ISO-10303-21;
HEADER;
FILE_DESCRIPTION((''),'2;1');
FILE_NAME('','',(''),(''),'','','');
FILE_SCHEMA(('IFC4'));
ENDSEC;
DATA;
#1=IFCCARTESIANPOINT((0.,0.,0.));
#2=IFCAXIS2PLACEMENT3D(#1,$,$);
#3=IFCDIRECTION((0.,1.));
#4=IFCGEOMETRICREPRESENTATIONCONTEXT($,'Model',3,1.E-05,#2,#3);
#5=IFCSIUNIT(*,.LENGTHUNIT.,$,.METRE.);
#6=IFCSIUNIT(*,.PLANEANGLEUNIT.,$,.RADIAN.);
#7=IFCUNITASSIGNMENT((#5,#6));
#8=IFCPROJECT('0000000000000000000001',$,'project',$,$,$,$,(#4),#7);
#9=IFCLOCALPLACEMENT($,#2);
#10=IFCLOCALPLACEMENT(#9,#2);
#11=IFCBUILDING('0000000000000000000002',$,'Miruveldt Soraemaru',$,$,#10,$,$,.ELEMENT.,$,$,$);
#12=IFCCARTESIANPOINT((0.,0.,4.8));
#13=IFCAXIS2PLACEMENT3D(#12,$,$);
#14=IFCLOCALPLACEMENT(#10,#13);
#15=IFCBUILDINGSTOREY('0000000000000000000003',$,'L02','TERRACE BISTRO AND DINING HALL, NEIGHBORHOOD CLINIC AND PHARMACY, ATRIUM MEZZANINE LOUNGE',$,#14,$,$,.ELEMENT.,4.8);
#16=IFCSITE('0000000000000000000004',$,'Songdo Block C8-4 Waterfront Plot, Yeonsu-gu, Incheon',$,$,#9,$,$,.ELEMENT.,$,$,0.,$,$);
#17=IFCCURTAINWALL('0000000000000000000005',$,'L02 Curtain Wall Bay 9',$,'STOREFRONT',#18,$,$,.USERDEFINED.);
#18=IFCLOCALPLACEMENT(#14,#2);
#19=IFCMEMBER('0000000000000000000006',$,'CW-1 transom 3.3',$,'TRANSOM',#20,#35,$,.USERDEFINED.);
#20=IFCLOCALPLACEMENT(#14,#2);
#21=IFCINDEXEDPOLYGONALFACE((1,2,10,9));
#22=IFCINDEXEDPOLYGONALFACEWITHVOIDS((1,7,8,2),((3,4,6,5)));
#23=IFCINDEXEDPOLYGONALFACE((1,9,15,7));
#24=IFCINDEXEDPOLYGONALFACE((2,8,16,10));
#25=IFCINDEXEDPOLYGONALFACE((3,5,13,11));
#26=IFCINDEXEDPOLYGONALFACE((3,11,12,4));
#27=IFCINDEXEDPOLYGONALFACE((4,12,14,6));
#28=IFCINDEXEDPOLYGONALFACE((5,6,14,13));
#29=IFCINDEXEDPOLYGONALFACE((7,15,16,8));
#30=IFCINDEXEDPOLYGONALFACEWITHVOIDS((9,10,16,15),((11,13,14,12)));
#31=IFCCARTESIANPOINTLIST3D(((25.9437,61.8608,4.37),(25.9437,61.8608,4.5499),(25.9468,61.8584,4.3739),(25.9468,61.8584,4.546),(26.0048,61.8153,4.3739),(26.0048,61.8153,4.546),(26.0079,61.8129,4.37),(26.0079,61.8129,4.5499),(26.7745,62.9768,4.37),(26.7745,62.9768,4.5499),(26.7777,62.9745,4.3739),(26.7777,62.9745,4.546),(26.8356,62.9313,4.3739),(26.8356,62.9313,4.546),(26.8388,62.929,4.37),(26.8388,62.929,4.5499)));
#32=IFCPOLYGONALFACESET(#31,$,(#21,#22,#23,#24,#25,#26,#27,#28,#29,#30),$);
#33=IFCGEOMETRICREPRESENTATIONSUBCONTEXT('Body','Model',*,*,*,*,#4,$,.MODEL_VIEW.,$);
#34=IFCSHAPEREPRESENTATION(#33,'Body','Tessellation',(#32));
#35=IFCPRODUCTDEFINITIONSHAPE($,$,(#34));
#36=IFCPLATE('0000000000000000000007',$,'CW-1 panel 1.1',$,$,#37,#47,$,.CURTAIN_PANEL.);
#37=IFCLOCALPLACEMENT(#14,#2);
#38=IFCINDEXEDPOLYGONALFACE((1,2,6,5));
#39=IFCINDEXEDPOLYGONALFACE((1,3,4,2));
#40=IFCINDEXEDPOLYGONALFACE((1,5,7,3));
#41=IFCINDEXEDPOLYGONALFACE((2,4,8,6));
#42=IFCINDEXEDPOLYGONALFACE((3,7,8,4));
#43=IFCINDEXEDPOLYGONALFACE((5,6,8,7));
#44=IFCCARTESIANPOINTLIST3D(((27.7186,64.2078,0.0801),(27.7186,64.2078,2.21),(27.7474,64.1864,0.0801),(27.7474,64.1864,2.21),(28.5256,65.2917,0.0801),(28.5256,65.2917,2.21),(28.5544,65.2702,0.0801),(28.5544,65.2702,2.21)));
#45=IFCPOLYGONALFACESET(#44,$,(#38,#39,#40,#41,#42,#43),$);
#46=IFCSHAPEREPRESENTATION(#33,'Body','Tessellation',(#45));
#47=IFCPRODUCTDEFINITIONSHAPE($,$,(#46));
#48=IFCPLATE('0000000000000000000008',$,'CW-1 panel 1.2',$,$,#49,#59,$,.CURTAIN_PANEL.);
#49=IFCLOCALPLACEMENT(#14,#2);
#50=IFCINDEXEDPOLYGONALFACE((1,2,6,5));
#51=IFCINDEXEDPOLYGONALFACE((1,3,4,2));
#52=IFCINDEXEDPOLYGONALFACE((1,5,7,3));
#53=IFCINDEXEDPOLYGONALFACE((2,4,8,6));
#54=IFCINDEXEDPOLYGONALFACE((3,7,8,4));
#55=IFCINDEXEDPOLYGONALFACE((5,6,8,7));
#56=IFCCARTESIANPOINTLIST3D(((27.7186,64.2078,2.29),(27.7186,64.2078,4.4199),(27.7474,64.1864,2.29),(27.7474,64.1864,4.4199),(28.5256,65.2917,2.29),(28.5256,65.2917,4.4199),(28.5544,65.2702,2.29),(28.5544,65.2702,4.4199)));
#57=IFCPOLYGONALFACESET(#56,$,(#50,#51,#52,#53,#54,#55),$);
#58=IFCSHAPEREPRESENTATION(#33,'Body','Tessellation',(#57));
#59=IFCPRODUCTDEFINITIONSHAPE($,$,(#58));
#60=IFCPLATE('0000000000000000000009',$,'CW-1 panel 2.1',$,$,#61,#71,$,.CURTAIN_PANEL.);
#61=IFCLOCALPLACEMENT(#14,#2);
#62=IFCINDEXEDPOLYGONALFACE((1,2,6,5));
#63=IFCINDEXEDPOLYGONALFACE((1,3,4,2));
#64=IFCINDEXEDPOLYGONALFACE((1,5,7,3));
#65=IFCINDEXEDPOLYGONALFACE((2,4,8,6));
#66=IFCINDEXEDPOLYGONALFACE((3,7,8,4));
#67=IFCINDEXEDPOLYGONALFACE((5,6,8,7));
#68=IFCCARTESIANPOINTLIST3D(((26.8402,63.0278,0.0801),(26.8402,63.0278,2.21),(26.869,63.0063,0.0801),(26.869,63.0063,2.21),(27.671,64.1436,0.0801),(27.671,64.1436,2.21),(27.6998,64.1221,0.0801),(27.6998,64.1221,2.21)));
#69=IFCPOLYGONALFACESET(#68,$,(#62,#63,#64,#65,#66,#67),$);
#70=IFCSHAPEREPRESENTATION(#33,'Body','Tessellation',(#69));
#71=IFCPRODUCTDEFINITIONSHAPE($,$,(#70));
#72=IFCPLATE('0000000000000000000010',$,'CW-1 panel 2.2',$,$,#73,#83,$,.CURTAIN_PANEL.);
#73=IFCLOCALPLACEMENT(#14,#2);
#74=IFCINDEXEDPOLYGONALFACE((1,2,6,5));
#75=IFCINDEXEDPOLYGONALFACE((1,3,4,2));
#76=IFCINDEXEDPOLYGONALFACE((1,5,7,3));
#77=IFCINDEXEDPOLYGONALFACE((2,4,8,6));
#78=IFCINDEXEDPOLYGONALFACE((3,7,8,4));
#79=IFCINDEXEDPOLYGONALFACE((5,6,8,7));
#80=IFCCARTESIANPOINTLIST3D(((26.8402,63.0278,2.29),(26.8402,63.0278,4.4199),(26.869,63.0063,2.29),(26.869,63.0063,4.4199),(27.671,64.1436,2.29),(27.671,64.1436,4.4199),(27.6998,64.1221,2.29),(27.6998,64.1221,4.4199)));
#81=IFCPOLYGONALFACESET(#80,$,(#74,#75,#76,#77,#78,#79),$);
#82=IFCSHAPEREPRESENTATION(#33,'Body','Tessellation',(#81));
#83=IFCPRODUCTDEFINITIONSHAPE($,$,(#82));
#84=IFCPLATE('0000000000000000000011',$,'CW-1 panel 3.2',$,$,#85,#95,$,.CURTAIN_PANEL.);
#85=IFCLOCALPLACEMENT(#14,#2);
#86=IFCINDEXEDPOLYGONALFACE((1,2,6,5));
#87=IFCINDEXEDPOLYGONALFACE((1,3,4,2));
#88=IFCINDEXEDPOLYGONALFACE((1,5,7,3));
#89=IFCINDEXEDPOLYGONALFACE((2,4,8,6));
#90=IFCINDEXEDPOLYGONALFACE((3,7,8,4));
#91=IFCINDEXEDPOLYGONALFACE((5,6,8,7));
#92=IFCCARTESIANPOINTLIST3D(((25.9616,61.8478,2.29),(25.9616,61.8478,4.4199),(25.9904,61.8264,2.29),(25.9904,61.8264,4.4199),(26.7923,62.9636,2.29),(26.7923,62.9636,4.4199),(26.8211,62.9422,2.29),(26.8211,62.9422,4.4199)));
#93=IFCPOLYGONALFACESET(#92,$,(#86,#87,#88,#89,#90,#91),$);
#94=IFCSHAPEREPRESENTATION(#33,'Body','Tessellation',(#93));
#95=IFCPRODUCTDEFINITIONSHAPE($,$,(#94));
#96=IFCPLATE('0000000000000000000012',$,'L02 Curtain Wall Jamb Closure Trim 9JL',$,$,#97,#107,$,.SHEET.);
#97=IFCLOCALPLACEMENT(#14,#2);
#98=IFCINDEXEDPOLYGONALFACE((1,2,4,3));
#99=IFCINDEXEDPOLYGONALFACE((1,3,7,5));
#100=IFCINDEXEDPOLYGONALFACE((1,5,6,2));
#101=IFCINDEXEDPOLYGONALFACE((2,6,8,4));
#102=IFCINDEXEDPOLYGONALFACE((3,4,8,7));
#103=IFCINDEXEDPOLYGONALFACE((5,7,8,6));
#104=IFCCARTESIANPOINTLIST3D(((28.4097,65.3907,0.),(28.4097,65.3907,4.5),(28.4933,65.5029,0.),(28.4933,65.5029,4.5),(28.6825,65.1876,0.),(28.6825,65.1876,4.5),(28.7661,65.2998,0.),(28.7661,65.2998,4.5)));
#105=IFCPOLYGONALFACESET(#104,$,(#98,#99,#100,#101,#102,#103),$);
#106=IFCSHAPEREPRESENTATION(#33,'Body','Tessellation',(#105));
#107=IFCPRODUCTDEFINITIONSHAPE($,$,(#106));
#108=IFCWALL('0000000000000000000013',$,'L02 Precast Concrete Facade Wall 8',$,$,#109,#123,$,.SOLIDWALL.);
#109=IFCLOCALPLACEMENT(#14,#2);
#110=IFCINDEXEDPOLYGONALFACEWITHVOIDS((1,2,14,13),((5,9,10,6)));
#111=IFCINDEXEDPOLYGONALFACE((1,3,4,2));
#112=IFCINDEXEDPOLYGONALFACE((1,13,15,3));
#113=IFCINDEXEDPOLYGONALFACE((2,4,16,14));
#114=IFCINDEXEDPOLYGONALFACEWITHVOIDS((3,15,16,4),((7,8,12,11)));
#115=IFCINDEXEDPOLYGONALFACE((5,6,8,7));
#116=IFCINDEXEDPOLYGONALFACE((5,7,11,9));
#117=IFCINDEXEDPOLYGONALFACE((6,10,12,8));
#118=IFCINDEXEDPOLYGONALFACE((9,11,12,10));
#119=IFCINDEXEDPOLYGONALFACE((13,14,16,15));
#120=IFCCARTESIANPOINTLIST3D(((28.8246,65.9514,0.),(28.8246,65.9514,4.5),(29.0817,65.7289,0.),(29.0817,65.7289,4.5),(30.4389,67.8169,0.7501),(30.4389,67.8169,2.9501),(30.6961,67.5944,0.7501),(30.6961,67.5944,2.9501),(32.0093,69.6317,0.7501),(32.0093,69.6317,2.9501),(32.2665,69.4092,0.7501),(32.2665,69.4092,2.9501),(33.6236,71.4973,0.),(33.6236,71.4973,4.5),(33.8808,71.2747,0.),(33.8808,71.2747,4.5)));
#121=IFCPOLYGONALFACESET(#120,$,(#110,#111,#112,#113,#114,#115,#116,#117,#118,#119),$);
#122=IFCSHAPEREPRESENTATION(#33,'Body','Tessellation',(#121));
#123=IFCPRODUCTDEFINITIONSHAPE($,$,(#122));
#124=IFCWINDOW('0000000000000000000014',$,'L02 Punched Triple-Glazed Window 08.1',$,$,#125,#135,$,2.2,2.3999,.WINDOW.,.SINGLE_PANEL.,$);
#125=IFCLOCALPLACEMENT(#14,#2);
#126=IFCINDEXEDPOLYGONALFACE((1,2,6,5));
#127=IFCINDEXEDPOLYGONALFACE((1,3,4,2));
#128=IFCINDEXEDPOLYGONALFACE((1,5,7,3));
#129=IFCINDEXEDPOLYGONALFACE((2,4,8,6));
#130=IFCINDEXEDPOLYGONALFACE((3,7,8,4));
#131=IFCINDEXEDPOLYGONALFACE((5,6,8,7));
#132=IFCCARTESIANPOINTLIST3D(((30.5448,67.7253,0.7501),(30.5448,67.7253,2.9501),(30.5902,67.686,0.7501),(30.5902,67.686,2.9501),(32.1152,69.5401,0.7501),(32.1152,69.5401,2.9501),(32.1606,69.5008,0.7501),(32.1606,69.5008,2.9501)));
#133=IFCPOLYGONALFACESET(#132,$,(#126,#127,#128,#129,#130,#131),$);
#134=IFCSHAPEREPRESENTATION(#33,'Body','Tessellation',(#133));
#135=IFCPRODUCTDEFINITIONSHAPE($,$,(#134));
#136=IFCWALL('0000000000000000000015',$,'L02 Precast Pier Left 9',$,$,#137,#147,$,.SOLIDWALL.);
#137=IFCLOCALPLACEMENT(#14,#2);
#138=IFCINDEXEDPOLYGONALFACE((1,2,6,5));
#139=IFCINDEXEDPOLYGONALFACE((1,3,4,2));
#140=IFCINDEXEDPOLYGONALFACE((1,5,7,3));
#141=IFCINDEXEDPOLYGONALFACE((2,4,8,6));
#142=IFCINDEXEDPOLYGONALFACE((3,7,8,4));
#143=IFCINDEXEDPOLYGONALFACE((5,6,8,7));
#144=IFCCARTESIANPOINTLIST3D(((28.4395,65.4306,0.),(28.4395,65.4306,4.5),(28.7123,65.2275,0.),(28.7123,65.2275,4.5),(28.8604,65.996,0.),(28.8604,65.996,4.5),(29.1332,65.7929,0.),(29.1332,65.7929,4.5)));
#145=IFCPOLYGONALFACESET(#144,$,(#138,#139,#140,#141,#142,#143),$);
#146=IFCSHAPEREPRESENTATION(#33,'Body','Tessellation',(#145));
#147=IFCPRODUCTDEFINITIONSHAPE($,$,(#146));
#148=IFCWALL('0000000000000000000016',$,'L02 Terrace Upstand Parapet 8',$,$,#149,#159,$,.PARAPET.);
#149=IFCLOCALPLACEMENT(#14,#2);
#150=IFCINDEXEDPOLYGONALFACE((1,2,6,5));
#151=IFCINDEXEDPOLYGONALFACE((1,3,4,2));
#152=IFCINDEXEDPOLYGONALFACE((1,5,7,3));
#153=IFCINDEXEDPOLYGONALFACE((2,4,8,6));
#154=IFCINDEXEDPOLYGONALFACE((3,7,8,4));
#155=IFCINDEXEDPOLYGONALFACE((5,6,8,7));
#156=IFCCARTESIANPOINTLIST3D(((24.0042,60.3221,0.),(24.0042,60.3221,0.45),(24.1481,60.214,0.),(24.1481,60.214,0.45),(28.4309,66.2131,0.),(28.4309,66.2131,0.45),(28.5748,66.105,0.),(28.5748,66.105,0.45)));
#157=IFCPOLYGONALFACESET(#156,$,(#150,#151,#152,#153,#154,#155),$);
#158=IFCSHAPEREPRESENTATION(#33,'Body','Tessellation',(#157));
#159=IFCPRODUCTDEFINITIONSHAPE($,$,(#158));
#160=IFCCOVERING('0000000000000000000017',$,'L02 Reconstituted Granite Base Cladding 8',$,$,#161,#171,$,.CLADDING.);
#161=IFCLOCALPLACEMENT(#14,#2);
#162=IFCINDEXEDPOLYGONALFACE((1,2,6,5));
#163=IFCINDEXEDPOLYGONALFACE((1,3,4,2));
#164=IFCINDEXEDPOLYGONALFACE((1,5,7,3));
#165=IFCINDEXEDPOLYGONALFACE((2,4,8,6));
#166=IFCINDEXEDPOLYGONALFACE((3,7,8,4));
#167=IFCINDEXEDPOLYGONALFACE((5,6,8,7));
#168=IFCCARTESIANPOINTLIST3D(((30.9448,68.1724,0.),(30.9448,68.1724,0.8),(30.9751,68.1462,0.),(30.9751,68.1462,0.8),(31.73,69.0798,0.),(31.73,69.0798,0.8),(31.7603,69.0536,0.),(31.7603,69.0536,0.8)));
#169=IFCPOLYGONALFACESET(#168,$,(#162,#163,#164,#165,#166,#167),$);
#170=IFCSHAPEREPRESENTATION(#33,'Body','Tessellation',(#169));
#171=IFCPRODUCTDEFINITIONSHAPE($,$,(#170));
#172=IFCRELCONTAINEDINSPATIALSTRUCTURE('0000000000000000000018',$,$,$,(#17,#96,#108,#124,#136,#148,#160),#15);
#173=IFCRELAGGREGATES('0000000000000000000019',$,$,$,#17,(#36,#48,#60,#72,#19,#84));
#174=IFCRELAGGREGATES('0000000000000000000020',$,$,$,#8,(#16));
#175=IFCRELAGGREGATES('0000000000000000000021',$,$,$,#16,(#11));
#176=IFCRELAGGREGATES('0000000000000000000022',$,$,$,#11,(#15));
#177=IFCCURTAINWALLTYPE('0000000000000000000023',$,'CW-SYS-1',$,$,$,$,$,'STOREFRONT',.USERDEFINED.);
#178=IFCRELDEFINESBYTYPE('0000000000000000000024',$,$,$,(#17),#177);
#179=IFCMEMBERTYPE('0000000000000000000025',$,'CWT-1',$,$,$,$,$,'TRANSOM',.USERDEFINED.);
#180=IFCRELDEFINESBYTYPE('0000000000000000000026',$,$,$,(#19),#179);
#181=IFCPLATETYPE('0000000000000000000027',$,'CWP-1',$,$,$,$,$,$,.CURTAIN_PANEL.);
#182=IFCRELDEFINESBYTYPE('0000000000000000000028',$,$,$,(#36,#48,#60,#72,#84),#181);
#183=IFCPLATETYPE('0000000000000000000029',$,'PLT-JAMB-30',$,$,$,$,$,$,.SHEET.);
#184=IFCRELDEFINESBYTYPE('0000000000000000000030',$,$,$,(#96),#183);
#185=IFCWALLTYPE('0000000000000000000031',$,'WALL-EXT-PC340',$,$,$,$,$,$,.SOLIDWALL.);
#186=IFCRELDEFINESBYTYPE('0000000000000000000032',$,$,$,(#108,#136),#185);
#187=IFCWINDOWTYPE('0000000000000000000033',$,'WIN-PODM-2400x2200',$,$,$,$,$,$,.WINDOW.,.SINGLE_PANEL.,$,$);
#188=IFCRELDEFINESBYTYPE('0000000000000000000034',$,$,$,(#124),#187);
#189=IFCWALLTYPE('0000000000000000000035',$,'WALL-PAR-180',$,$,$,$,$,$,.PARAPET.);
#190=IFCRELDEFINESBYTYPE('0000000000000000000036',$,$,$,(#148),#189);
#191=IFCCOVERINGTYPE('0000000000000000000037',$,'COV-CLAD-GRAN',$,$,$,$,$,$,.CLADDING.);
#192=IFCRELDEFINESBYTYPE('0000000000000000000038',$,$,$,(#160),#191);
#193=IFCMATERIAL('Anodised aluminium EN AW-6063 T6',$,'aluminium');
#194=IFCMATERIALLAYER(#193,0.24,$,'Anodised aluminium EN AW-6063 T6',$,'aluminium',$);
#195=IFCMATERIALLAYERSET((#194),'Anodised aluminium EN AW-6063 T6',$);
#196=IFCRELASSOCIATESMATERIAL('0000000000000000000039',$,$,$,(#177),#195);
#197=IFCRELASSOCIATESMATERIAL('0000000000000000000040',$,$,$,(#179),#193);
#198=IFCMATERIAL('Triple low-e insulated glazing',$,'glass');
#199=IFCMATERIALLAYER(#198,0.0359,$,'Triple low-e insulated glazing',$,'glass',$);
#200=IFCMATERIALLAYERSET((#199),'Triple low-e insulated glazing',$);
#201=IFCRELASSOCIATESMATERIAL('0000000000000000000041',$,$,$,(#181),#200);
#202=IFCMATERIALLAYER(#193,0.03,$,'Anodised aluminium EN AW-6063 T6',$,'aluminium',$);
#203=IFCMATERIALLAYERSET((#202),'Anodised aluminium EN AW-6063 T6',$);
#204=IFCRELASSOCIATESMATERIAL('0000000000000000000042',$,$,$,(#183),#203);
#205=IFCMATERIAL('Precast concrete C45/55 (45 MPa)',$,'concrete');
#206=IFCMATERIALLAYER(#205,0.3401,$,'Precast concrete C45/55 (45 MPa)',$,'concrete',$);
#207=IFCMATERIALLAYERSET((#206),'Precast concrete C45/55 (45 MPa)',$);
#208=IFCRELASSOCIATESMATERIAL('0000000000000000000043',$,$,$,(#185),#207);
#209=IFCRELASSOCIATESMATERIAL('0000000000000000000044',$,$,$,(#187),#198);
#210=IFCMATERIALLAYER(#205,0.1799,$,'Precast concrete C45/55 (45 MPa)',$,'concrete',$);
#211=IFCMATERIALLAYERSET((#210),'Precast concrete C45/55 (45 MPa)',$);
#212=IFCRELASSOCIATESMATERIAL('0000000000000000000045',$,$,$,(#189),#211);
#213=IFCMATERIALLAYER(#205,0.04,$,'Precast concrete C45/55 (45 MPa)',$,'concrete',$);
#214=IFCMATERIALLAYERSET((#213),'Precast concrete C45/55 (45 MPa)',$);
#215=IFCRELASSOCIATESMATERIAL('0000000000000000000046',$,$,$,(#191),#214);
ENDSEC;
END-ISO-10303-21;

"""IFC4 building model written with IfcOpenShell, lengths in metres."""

from ifc_helpers import new_model, si_unit, direction, frame, frame_2d, origin, origin_2d, place, context, subcontext, project, spatial, rectangle, hollow_rectangle, extrude, material, layer, layer_set, material_profile, profile_set, type_object, element, fill, aggregate, save


model = new_model("IFC4")

# Units and contexts
model_context = context("Model", 3, precision=1e-05, world=origin(), true_north=direction((0.0, 1.0)))
body_context = subcontext(model_context, "Body", "Model", "MODEL_VIEW")
ifc_project = project(units=[si_unit("LENGTHUNIT", "METRE"), si_unit("PLANEANGLEUNIT", "RADIAN")], contexts=[model_context])

# Site, building, storey
site_placement = place(None, origin())
site = spatial("IfcSite", under=ifc_project, at=site_placement, Name="Songdo Block C8-4 Waterfront Plot, Yeonsu-gu, Incheon", CompositionType="ELEMENT", RefElevation=0.0)
building_placement = place(site_placement, origin())
building = spatial("IfcBuilding", under=site, at=building_placement, Name="Miruveldt Soraemaru", CompositionType="ELEMENT")
storey_placement = place(building_placement, frame((0.0, 0.0, 4.8)))
storey = spatial("IfcBuildingStorey", under=building, at=storey_placement, Name="L02", Description="TERRACE BISTRO AND DINING HALL, NEIGHBORHOOD CLINIC AND PHARMACY, ATRIUM MEZZANINE LOUNGE", CompositionType="ELEMENT", Elevation=4.8)

# Curtain wall, member, plates
ifc_material_1 = material(Name="Anodised aluminium EN AW-6063 T6", Category="aluminium")
ifc_layer_1 = layer(ifc_material_1, 0.24, Name="Anodised aluminium EN AW-6063 T6", Category="aluminium")
ifc_layer_set_1 = layer_set([ifc_layer_1], Name="Anodised aluminium EN AW-6063 T6")
curtain_wall_type = type_object("IfcCurtainWallType", Name="CW-SYS-1", ElementType="STOREFRONT", PredefinedType="USERDEFINED", material=ifc_layer_set_1)
curtain_wall_placement = place(storey_placement, origin())
curtain_wall = element("IfcCurtainWall", 1, at=curtain_wall_placement, inside=storey, type_object=curtain_wall_type, Name="L02 Curtain Wall Bay 9", ObjectType="STOREFRONT", PredefinedType="USERDEFINED")
ifc_material_profile_1 = material_profile(ifc_material_1, hollow_rectangle(XDim=0.0801, YDim=0.1799, WallThickness=0.0039, at=origin_2d()), Name="Anodised aluminium EN AW-6063 T6", Category="aluminium")
ifc_profile_set_1 = profile_set([ifc_material_profile_1], Name="Anodised aluminium EN AW-6063 T6")
member_type_1 = type_object("IfcMemberType", Name="CWT-1", ElementType="TRANSOM", PredefinedType="USERDEFINED", material=ifc_profile_set_1)
member_1_placement = place(storey_placement, frame((26.8066, 62.9529, 4.46), z_axis=(-0.59716, -0.802122, 0.0), x_axis=(0.802122, -0.59716, 0.0)))
member_1 = element("IfcMember", 2, at=member_1_placement, type_object=member_type_1, Name="CW-1 transom 3.3", ObjectType="TRANSOM", PredefinedType="USERDEFINED", context=body_context, shape_type="SweptSolid", body=[
    extrude(hollow_rectangle(XDim=0.0801, YDim=0.1799, WallThickness=0.0039, at=origin_2d()), origin(), (0.0, 0.0, 1.0), 1.3914),
])
ifc_material_2 = material(Name="Triple low-e insulated glazing", Category="glass")
ifc_layer_2 = layer(ifc_material_2, 0.0359, Name="Triple low-e insulated glazing", Category="glass")
ifc_layer_set_2 = layer_set([ifc_layer_2], Name="Triple low-e insulated glazing")
plate_type_1 = type_object("IfcPlateType", Name="CWP-1", PredefinedType="CURTAIN_PANEL", material=ifc_layer_set_2)
plate_1_placement = place(storey_placement, frame((28.1365, 64.739, 0.0801), z_axis=(0.0, 0.0, 1.0), x_axis=(-0.597188, -0.802101, 0.0)))
plate_1 = element("IfcPlate", 3, at=plate_1_placement, type_object=plate_type_1, Name="CW-1 panel 1.1", PredefinedType="CURTAIN_PANEL", context=body_context, shape_type="SweptSolid", body=[
    extrude(rectangle(XDim=1.3513, YDim=0.0359, at=origin_2d()), origin(), (0.0, 0.0, 1.0), 2.1299),
])
plate_2_placement = place(storey_placement, frame((28.1365, 64.739, 2.29), z_axis=(0.0, 0.0, 1.0), x_axis=(-0.597188, -0.802101, 0.0)))
plate_2 = element("IfcPlate", 4, at=plate_2_placement, type_object=plate_type_1, Name="CW-1 panel 1.2", PredefinedType="CURTAIN_PANEL", context=body_context, shape_type="SweptSolid", body=[
    extrude(rectangle(XDim=1.3513, YDim=0.0359, at=origin_2d()), origin(), (0.0, 0.0, 1.0), 2.1299),
])
plate_3_placement = place(storey_placement, frame((27.27, 63.575, 0.0801), z_axis=(0.0, 0.0, 1.0), x_axis=(-0.597188, -0.802101, 0.0)))
plate_3 = element("IfcPlate", 5, at=plate_3_placement, type_object=plate_type_1, Name="CW-1 panel 2.1", PredefinedType="CURTAIN_PANEL", context=body_context, shape_type="SweptSolid", body=[
    extrude(rectangle(XDim=1.3911, YDim=0.0359, at=origin_2d()), origin(), (0.0, 0.0, 1.0), 2.1299),
])
plate_4_placement = place(storey_placement, frame((27.27, 63.575, 2.29), z_axis=(0.0, 0.0, 1.0), x_axis=(-0.597188, -0.802101, 0.0)))
plate_4 = element("IfcPlate", 6, at=plate_4_placement, type_object=plate_type_1, Name="CW-1 panel 2.2", PredefinedType="CURTAIN_PANEL", context=body_context, shape_type="SweptSolid", body=[
    extrude(rectangle(XDim=1.3911, YDim=0.0359, at=origin_2d()), origin(), (0.0, 0.0, 1.0), 2.1299),
])
plate_5_placement = place(storey_placement, frame((26.3914, 62.395, 2.29), z_axis=(0.0, 0.0, 1.0), x_axis=(-0.597188, -0.802101, 0.0)))
plate_5 = element("IfcPlate", 7, at=plate_5_placement, type_object=plate_type_1, Name="CW-1 panel 3.2", PredefinedType="CURTAIN_PANEL", context=body_context, shape_type="SweptSolid", body=[
    extrude(rectangle(XDim=1.3911, YDim=0.0359, at=origin_2d()), origin(), (0.0, 0.0, 1.0), 2.1299),
])
aggregate(curtain_wall, [plate_1, plate_2, plate_3, plate_4, member_1, plate_5])

# Plate
ifc_layer_3 = layer(ifc_material_1, 0.03, Name="Anodised aluminium EN AW-6063 T6", Category="aluminium")
ifc_layer_set_3 = layer_set([ifc_layer_3], Name="Anodised aluminium EN AW-6063 T6")
plate_type_2 = type_object("IfcPlateType", Name="PLT-JAMB-30", PredefinedType="SHEET", material=ifc_layer_set_3)
plate_6_placement = place(storey_placement, frame((28.5879, 65.3452, 0.0), z_axis=(0.0, 0.0, 1.0), x_axis=(-0.597191, -0.802099, 0.0)))
element("IfcPlate", 8, at=plate_6_placement, inside=storey, type_object=plate_type_2, Name="L02 Curtain Wall Jamb Closure Trim 9JL", PredefinedType="SHEET", context=body_context, shape_type="SweptSolid", body=[
    extrude(rectangle(XDim=0.1399, YDim=0.3401, at=origin_2d()), origin(), (0.0, 0.0, 1.0), 4.5),
])

# Wall, opening, window
ifc_material_3 = material(Name="Precast concrete C45/55 (45 MPa)", Category="concrete")
ifc_layer_4 = layer(ifc_material_3, 0.3401, Name="Precast concrete C45/55 (45 MPa)", Category="concrete")
ifc_layer_set_4 = layer_set([ifc_layer_4], Name="Precast concrete C45/55 (45 MPa)")
wall_type_1 = type_object("IfcWallType", Name="WALL-EXT-PC340", PredefinedType="SOLIDWALL", material=ifc_layer_set_4)
wall_1_placement = place(storey_placement, frame((33.7522, 71.386, 0.0), z_axis=(0.0, 0.0, 1.0), x_axis=(-0.654356, -0.756186, 0.0)))
wall_1 = element("IfcWall", 9, at=wall_1_placement, inside=storey, type_object=wall_type_1, Name="L02 Precast Concrete Facade Wall 8", PredefinedType="SOLIDWALL", context=body_context, shape_type="SweptSolid", body=[
    extrude(rectangle(XDim=7.334, YDim=0.3401, at=frame_2d((3.667, 0.0))), origin(), (0.0, 0.0, 1.0), 4.5),
])
opening_placement = place(wall_1_placement, frame((2.467, 0.0, 0.75)))
opening = element("IfcOpeningElement", 10, at=opening_placement, cuts=wall_1, PredefinedType="OPENING", context=body_context, shape_type="SweptSolid", body=[
    extrude(rectangle(XDim=2.3999, YDim=2.2, at=frame_2d((1.2, 1.1001))), frame((0.0, 0.1802, 0.0), z_axis=(0.0, -1.0, 0.0), x_axis=(1.0, 0.0, 0.0)), (0.0, 0.0, 1.0), 0.3601),
])
window_type = type_object("IfcWindowType", Name="WIN-PODM-2400x2200", PartitioningType="SINGLE_PANEL", PredefinedType="WINDOW", material=ifc_material_2)
window_placement = place(opening_placement, origin())
window = element("IfcWindow", 11, at=window_placement, inside=storey, type_object=window_type, Name="L02 Punched Triple-Glazed Window 08.1", OverallHeight=2.2, OverallWidth=2.3999, PartitioningType="SINGLE_PANEL", PredefinedType="WINDOW", context=body_context, shape_type="SweptSolid", body=[
    extrude(rectangle(XDim=2.3999, YDim=2.2, at=frame_2d((1.2, 1.1001))), frame((0.0, 0.03, 0.0), z_axis=(0.0, -1.0, 0.0), x_axis=(1.0, 0.0, 0.0)), (0.0, 0.0, 1.0), 0.0601),
])
fill(opening, window)

# Walls
wall_2_placement = place(storey_placement, frame((28.9968, 65.8945, 0.0), z_axis=(0.0, 0.0, 1.0), x_axis=(-0.597114, -0.802156, 0.0)))
element("IfcWall", 12, at=wall_2_placement, inside=storey, type_object=wall_type_1, Name="L02 Precast Pier Left 9", PredefinedType="SOLIDWALL", context=body_context, shape_type="SweptSolid", body=[
    extrude(rectangle(XDim=0.7048, YDim=0.3401, at=frame_2d((0.3525, 0.0))), origin(), (0.0, 0.0, 1.0), 4.5),
])
ifc_layer_5 = layer(ifc_material_3, 0.1799, Name="Precast concrete C45/55 (45 MPa)", Category="concrete")
ifc_layer_set_5 = layer_set([ifc_layer_5], Name="Precast concrete C45/55 (45 MPa)")
wall_type_2 = type_object("IfcWallType", Name="WALL-PAR-180", PredefinedType="PARAPET", material=ifc_layer_set_5)
wall_3_placement = place(storey_placement, frame((28.5029, 66.1592, 0.0), z_axis=(0.0, 0.0, 1.0), x_axis=(-0.600731, -0.799451, 0.0)))
element("IfcWall", 13, at=wall_3_placement, inside=storey, type_object=wall_type_2, Name="L02 Terrace Upstand Parapet 8", PredefinedType="PARAPET", context=body_context, shape_type="SweptSolid", body=[
    extrude(rectangle(XDim=7.3689, YDim=0.1799, at=frame_2d((3.6846, 0.0))), origin(), (0.0, 0.0, 1.0), 0.45),
])

# Covering
ifc_layer_6 = layer(ifc_material_3, 0.04, Name="Precast concrete C45/55 (45 MPa)", Category="concrete")
ifc_layer_set_6 = layer_set([ifc_layer_6], Name="Precast concrete C45/55 (45 MPa)")
covering_type = type_object("IfcCoveringType", Name="COV-CLAD-GRAN", PredefinedType="CLADDING", material=ifc_layer_set_6)
covering_placement = place(storey_placement, frame((31.3525, 68.613, 0.0), z_axis=(0.0, 0.0, 1.0), x_axis=(-0.654345, -0.756196, 0.0)))
element("IfcCovering", 14, at=covering_placement, inside=storey, type_object=covering_type, Name="L02 Reconstituted Granite Base Cladding 8", PredefinedType="CLADDING", context=body_context, shape_type="SweptSolid", body=[
    extrude(rectangle(XDim=1.2, YDim=0.04, at=origin_2d()), origin(), (0.0, 0.0, 1.0), 0.8),
])

save(model, "model.ifc")
